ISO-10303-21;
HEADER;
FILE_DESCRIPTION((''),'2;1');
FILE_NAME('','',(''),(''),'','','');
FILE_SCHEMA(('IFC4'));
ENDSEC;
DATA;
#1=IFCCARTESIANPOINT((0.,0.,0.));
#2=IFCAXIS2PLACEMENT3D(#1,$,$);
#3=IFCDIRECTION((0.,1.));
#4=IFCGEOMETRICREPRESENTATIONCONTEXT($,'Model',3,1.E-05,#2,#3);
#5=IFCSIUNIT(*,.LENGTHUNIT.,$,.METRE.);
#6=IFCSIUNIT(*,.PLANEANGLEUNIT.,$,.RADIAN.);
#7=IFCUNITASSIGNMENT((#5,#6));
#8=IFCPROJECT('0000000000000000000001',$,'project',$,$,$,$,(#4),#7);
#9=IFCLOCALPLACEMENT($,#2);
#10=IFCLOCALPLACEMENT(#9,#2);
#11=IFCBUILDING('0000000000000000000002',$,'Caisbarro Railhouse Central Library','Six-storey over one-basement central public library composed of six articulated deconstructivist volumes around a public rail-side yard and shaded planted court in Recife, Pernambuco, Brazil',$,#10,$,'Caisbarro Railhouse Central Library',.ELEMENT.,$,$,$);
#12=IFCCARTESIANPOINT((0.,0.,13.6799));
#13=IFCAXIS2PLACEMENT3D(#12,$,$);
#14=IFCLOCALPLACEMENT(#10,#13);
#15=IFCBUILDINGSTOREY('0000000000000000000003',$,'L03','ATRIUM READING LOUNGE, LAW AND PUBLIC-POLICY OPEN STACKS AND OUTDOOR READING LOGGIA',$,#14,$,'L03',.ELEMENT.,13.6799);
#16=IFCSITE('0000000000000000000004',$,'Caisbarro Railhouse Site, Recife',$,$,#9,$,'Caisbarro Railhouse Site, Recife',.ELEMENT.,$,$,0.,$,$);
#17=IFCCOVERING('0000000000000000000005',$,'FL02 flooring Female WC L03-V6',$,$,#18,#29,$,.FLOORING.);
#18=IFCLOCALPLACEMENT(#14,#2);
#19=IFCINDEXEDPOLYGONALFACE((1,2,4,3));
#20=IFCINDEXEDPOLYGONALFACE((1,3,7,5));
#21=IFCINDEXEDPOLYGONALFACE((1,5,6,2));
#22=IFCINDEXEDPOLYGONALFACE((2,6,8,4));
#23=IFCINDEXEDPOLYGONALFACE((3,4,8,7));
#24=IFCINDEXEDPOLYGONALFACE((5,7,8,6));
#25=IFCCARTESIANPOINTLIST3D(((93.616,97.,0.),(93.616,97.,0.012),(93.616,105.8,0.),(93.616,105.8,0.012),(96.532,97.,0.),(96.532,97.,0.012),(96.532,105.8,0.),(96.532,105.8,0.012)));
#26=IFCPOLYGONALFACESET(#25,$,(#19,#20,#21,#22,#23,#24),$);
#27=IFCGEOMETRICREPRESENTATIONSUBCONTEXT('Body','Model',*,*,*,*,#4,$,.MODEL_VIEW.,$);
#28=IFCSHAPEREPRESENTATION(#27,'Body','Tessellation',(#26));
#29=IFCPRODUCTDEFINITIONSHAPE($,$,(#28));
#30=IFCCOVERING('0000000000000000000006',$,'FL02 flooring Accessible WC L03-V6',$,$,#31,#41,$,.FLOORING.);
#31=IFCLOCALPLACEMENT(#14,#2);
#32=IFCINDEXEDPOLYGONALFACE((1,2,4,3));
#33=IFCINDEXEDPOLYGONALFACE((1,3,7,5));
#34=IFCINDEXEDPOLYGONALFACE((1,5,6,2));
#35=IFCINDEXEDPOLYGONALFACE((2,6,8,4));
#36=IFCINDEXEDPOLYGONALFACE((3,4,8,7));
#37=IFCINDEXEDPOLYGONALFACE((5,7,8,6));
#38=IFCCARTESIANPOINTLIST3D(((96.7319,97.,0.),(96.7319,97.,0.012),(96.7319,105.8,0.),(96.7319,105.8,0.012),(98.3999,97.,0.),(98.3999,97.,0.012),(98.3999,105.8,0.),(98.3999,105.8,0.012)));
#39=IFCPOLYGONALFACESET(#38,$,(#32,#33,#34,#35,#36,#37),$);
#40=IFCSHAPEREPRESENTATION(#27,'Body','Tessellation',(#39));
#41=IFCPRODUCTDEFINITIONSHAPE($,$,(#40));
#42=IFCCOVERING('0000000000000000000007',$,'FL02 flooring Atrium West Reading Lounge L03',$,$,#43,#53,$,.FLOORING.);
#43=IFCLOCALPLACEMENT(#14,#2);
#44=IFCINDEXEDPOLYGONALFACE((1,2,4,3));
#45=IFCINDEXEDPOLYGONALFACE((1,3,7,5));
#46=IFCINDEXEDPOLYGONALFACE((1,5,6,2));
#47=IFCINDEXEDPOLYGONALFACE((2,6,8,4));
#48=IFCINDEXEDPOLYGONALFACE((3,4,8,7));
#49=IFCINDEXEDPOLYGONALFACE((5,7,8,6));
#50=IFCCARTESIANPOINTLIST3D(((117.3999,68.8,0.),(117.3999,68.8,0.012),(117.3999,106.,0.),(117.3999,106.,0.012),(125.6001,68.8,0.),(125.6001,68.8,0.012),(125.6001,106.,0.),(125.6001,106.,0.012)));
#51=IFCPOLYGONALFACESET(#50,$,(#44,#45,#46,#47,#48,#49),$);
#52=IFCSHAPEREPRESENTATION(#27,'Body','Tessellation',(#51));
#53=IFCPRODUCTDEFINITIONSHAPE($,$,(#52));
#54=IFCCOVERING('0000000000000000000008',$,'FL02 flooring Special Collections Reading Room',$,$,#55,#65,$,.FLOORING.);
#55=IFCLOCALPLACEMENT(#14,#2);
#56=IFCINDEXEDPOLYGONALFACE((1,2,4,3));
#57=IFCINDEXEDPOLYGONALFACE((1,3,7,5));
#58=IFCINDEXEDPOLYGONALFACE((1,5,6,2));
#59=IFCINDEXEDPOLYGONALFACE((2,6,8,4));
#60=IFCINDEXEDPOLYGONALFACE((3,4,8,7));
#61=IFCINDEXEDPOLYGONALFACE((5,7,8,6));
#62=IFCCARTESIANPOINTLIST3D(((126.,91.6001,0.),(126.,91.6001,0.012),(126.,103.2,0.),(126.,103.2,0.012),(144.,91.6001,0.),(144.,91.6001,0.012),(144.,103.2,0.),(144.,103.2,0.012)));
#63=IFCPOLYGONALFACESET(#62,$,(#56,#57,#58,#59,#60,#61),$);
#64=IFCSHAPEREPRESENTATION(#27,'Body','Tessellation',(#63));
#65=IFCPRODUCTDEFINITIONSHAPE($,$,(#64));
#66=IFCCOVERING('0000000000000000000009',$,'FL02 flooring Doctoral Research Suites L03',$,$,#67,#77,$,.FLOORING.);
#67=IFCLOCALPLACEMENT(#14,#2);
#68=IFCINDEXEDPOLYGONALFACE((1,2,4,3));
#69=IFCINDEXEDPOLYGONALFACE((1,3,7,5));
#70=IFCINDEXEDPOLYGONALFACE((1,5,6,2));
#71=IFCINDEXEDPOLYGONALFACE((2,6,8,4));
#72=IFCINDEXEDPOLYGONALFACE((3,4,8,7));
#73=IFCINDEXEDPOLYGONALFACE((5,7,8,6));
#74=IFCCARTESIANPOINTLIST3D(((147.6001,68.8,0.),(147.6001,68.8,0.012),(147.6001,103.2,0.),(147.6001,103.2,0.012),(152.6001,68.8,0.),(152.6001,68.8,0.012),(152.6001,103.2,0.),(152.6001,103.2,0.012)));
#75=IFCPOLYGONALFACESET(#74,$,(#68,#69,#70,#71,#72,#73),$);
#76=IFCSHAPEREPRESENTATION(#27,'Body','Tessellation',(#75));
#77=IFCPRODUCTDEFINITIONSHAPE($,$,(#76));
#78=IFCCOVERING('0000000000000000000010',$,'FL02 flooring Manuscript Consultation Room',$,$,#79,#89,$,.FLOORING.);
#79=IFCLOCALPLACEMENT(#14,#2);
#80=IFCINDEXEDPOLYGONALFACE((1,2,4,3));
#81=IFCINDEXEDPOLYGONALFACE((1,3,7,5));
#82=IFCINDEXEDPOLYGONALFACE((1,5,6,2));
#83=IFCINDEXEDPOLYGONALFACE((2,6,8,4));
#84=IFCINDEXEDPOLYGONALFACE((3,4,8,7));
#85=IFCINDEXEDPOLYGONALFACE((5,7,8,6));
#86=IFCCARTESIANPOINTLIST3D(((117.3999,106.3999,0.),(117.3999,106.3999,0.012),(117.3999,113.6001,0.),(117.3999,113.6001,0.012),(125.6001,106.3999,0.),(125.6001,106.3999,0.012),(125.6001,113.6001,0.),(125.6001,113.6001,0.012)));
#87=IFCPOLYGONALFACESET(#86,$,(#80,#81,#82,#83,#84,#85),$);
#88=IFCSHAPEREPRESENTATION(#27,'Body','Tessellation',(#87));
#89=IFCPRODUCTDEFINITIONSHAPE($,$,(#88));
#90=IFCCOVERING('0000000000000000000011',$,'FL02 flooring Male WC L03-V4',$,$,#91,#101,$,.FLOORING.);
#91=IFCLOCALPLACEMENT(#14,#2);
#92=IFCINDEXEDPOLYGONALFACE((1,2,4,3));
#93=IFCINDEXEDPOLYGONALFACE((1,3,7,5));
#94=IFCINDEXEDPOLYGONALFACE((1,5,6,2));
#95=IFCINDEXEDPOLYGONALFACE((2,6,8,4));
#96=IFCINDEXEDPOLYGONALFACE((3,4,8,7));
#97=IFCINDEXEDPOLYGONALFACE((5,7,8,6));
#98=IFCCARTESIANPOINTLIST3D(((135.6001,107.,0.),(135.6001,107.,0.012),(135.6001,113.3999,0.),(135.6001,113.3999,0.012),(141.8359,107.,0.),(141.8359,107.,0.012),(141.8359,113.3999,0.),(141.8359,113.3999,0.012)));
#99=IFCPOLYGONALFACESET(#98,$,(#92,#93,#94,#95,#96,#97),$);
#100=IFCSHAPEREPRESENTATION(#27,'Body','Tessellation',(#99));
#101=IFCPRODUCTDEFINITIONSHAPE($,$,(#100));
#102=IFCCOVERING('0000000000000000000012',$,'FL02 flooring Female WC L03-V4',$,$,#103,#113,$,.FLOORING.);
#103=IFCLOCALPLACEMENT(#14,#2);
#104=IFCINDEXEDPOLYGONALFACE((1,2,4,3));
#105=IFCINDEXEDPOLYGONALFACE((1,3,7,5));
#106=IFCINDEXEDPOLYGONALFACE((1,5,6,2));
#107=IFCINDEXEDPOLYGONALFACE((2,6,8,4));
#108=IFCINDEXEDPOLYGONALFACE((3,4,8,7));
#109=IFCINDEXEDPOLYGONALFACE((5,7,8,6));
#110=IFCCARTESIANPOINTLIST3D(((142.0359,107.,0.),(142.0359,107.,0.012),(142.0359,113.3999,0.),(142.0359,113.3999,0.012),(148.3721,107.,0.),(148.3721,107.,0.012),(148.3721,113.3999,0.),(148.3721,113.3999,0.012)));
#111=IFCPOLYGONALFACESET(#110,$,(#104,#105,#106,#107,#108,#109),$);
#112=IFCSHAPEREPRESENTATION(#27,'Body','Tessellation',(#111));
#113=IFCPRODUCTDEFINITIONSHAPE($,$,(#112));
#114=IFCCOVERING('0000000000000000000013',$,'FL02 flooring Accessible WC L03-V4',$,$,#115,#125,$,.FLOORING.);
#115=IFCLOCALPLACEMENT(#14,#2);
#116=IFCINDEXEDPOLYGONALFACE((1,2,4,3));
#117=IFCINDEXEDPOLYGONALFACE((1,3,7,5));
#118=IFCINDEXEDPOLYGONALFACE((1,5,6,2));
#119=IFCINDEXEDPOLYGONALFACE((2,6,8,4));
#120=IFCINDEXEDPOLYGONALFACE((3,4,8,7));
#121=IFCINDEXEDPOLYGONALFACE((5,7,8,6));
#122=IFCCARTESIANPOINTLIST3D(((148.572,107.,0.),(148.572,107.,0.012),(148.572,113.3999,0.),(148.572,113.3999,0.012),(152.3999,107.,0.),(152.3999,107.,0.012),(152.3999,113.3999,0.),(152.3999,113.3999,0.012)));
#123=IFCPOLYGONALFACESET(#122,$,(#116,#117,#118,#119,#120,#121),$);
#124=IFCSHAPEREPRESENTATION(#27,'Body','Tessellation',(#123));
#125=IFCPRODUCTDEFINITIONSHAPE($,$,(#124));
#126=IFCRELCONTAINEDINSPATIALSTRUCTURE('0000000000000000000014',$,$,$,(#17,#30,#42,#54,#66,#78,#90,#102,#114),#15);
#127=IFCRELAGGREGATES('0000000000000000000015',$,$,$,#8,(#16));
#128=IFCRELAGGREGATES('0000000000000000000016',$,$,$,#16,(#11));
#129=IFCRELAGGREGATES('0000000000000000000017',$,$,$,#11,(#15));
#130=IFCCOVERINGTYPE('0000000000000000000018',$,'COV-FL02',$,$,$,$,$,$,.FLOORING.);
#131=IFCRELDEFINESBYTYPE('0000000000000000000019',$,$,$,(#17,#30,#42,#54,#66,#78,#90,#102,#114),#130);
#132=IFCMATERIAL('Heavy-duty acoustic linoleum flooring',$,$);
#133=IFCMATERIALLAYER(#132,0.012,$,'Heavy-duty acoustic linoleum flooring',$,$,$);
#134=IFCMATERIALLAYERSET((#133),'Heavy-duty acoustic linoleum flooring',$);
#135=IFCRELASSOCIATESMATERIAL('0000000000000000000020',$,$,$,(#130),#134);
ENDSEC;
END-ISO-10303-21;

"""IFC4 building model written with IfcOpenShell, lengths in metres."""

from ifc_helpers import new_model, si_unit, direction, frame, origin, place, context, subcontext, project, spatial, polyline, outline, extrude, material, layer, layer_set, type_object, element, save


model = new_model("IFC4")

# Units and contexts
model_context = context("Model", 3, precision=1e-05, world=origin(), true_north=direction((0.0, 1.0)))
body_context = subcontext(model_context, "Body", "Model", "MODEL_VIEW")
ifc_project = project(units=[si_unit("LENGTHUNIT", "METRE"), si_unit("PLANEANGLEUNIT", "RADIAN")], contexts=[model_context])

# Site, building, storey
site_placement = place(None, origin())
site = spatial("IfcSite", under=ifc_project, at=site_placement, Name="Caisbarro Railhouse Site, Recife", LongName="Caisbarro Railhouse Site, Recife", CompositionType="ELEMENT", RefElevation=0.0)
building_placement = place(site_placement, origin())
building = spatial("IfcBuilding", under=site, at=building_placement, Name="Caisbarro Railhouse Central Library", Description="Six-storey over one-basement central public library composed of six articulated deconstructivist volumes around a public rail-side yard and shaded planted court in Recife, Pernambuco, Brazil", LongName="Caisbarro Railhouse Central Library", CompositionType="ELEMENT")
storey_placement = place(building_placement, frame((0.0, 0.0, 13.6799)))
storey = spatial("IfcBuildingStorey", under=building, at=storey_placement, Name="L03", Description="ATRIUM READING LOUNGE, LAW AND PUBLIC-POLICY OPEN STACKS AND OUTDOOR READING LOGGIA", LongName="L03", CompositionType="ELEMENT", Elevation=13.6799)

# Coverings
ifc_material_1 = material(Name="Heavy-duty acoustic linoleum flooring")
ifc_layer_1 = layer(ifc_material_1, 0.012, Name="Heavy-duty acoustic linoleum flooring")
ifc_layer_set_1 = layer_set([ifc_layer_1], Name="Heavy-duty acoustic linoleum flooring")
covering_type_1 = type_object("IfcCoveringType", Name="COV-FL02", PredefinedType="FLOORING", material=ifc_layer_set_1)
covering_1_placement = place(storey_placement, origin())
element("IfcCovering", 1, at=covering_1_placement, inside=storey, type_object=covering_type_1, Name="FL02 flooring Female WC L03-V6", PredefinedType="FLOORING", context=body_context, shape_type="SweptSolid", body=[
    extrude(outline(polyline([(93.616, 97.0), (96.532, 97.0), (96.532, 105.8), (93.616, 105.8), (93.616, 97.0)])), origin(), (0.0, 0.0, 1.0), 0.012),
])
covering_2_placement = place(storey_placement, origin())
element("IfcCovering", 2, at=covering_2_placement, inside=storey, type_object=covering_type_1, Name="FL02 flooring Accessible WC L03-V6", PredefinedType="FLOORING", context=body_context, shape_type="SweptSolid", body=[
    extrude(outline(polyline([(96.7319, 97.0), (98.3999, 97.0), (98.3999, 105.8), (96.7319, 105.8), (96.7319, 97.0)])), origin(), (0.0, 0.0, 1.0), 0.012),
])
covering_3_placement = place(storey_placement, origin())
element("IfcCovering", 3, at=covering_3_placement, inside=storey, type_object=covering_type_1, Name="FL02 flooring Atrium West Reading Lounge L03", PredefinedType="FLOORING", context=body_context, shape_type="SweptSolid", body=[
    extrude(outline(polyline([(117.3999, 68.8), (125.6001, 68.8), (125.6001, 106.0), (117.3999, 106.0), (117.3999, 68.8)])), origin(), (0.0, 0.0, 1.0), 0.012),
])
covering_4_placement = place(storey_placement, origin())
element("IfcCovering", 4, at=covering_4_placement, inside=storey, type_object=covering_type_1, Name="FL02 flooring Special Collections Reading Room", PredefinedType="FLOORING", context=body_context, shape_type="SweptSolid", body=[
    extrude(outline(polyline([(126.0, 91.6001), (144.0, 91.6001), (144.0, 103.2), (126.0, 103.2), (126.0, 91.6001)])), origin(), (0.0, 0.0, 1.0), 0.012),
])
covering_5_placement = place(storey_placement, origin())
element("IfcCovering", 5, at=covering_5_placement, inside=storey, type_object=covering_type_1, Name="FL02 flooring Doctoral Research Suites L03", PredefinedType="FLOORING", context=body_context, shape_type="SweptSolid", body=[
    extrude(outline(polyline([(147.6001, 68.8), (152.6001, 68.8), (152.6001, 103.2), (147.6001, 103.2), (147.6001, 68.8)])), origin(), (0.0, 0.0, 1.0), 0.012),
])
covering_6_placement = place(storey_placement, origin())
element("IfcCovering", 6, at=covering_6_placement, inside=storey, type_object=covering_type_1, Name="FL02 flooring Manuscript Consultation Room", PredefinedType="FLOORING", context=body_context, shape_type="SweptSolid", body=[
    extrude(outline(polyline([(117.3999, 106.3999), (125.6001, 106.3999), (125.6001, 113.6001), (117.3999, 113.6001), (117.3999, 106.3999)])), origin(), (0.0, 0.0, 1.0), 0.012),
])
covering_7_placement = place(storey_placement, origin())
element("IfcCovering", 7, at=covering_7_placement, inside=storey, type_object=covering_type_1, Name="FL02 flooring Male WC L03-V4", PredefinedType="FLOORING", context=body_context, shape_type="SweptSolid", body=[
    extrude(outline(polyline([(135.6001, 107.0), (141.8359, 107.0), (141.8359, 113.3999), (135.6001, 113.3999), (135.6001, 107.0)])), origin(), (0.0, 0.0, 1.0), 0.012),
])
covering_8_placement = place(storey_placement, origin())
element("IfcCovering", 8, at=covering_8_placement, inside=storey, type_object=covering_type_1, Name="FL02 flooring Female WC L03-V4", PredefinedType="FLOORING", context=body_context, shape_type="SweptSolid", body=[
    extrude(outline(polyline([(142.0359, 107.0), (148.3721, 107.0), (148.3721, 113.3999), (142.0359, 113.3999), (142.0359, 107.0)])), origin(), (0.0, 0.0, 1.0), 0.012),
])
covering_9_placement = place(storey_placement, origin())
element("IfcCovering", 9, at=covering_9_placement, inside=storey, type_object=covering_type_1, Name="FL02 flooring Accessible WC L03-V4", PredefinedType="FLOORING", context=body_context, shape_type="SweptSolid", body=[
    extrude(outline(polyline([(148.572, 107.0), (152.3999, 107.0), (152.3999, 113.3999), (148.572, 113.3999), (148.572, 107.0)])), origin(), (0.0, 0.0, 1.0), 0.012),
])

save(model, "model.ifc")
